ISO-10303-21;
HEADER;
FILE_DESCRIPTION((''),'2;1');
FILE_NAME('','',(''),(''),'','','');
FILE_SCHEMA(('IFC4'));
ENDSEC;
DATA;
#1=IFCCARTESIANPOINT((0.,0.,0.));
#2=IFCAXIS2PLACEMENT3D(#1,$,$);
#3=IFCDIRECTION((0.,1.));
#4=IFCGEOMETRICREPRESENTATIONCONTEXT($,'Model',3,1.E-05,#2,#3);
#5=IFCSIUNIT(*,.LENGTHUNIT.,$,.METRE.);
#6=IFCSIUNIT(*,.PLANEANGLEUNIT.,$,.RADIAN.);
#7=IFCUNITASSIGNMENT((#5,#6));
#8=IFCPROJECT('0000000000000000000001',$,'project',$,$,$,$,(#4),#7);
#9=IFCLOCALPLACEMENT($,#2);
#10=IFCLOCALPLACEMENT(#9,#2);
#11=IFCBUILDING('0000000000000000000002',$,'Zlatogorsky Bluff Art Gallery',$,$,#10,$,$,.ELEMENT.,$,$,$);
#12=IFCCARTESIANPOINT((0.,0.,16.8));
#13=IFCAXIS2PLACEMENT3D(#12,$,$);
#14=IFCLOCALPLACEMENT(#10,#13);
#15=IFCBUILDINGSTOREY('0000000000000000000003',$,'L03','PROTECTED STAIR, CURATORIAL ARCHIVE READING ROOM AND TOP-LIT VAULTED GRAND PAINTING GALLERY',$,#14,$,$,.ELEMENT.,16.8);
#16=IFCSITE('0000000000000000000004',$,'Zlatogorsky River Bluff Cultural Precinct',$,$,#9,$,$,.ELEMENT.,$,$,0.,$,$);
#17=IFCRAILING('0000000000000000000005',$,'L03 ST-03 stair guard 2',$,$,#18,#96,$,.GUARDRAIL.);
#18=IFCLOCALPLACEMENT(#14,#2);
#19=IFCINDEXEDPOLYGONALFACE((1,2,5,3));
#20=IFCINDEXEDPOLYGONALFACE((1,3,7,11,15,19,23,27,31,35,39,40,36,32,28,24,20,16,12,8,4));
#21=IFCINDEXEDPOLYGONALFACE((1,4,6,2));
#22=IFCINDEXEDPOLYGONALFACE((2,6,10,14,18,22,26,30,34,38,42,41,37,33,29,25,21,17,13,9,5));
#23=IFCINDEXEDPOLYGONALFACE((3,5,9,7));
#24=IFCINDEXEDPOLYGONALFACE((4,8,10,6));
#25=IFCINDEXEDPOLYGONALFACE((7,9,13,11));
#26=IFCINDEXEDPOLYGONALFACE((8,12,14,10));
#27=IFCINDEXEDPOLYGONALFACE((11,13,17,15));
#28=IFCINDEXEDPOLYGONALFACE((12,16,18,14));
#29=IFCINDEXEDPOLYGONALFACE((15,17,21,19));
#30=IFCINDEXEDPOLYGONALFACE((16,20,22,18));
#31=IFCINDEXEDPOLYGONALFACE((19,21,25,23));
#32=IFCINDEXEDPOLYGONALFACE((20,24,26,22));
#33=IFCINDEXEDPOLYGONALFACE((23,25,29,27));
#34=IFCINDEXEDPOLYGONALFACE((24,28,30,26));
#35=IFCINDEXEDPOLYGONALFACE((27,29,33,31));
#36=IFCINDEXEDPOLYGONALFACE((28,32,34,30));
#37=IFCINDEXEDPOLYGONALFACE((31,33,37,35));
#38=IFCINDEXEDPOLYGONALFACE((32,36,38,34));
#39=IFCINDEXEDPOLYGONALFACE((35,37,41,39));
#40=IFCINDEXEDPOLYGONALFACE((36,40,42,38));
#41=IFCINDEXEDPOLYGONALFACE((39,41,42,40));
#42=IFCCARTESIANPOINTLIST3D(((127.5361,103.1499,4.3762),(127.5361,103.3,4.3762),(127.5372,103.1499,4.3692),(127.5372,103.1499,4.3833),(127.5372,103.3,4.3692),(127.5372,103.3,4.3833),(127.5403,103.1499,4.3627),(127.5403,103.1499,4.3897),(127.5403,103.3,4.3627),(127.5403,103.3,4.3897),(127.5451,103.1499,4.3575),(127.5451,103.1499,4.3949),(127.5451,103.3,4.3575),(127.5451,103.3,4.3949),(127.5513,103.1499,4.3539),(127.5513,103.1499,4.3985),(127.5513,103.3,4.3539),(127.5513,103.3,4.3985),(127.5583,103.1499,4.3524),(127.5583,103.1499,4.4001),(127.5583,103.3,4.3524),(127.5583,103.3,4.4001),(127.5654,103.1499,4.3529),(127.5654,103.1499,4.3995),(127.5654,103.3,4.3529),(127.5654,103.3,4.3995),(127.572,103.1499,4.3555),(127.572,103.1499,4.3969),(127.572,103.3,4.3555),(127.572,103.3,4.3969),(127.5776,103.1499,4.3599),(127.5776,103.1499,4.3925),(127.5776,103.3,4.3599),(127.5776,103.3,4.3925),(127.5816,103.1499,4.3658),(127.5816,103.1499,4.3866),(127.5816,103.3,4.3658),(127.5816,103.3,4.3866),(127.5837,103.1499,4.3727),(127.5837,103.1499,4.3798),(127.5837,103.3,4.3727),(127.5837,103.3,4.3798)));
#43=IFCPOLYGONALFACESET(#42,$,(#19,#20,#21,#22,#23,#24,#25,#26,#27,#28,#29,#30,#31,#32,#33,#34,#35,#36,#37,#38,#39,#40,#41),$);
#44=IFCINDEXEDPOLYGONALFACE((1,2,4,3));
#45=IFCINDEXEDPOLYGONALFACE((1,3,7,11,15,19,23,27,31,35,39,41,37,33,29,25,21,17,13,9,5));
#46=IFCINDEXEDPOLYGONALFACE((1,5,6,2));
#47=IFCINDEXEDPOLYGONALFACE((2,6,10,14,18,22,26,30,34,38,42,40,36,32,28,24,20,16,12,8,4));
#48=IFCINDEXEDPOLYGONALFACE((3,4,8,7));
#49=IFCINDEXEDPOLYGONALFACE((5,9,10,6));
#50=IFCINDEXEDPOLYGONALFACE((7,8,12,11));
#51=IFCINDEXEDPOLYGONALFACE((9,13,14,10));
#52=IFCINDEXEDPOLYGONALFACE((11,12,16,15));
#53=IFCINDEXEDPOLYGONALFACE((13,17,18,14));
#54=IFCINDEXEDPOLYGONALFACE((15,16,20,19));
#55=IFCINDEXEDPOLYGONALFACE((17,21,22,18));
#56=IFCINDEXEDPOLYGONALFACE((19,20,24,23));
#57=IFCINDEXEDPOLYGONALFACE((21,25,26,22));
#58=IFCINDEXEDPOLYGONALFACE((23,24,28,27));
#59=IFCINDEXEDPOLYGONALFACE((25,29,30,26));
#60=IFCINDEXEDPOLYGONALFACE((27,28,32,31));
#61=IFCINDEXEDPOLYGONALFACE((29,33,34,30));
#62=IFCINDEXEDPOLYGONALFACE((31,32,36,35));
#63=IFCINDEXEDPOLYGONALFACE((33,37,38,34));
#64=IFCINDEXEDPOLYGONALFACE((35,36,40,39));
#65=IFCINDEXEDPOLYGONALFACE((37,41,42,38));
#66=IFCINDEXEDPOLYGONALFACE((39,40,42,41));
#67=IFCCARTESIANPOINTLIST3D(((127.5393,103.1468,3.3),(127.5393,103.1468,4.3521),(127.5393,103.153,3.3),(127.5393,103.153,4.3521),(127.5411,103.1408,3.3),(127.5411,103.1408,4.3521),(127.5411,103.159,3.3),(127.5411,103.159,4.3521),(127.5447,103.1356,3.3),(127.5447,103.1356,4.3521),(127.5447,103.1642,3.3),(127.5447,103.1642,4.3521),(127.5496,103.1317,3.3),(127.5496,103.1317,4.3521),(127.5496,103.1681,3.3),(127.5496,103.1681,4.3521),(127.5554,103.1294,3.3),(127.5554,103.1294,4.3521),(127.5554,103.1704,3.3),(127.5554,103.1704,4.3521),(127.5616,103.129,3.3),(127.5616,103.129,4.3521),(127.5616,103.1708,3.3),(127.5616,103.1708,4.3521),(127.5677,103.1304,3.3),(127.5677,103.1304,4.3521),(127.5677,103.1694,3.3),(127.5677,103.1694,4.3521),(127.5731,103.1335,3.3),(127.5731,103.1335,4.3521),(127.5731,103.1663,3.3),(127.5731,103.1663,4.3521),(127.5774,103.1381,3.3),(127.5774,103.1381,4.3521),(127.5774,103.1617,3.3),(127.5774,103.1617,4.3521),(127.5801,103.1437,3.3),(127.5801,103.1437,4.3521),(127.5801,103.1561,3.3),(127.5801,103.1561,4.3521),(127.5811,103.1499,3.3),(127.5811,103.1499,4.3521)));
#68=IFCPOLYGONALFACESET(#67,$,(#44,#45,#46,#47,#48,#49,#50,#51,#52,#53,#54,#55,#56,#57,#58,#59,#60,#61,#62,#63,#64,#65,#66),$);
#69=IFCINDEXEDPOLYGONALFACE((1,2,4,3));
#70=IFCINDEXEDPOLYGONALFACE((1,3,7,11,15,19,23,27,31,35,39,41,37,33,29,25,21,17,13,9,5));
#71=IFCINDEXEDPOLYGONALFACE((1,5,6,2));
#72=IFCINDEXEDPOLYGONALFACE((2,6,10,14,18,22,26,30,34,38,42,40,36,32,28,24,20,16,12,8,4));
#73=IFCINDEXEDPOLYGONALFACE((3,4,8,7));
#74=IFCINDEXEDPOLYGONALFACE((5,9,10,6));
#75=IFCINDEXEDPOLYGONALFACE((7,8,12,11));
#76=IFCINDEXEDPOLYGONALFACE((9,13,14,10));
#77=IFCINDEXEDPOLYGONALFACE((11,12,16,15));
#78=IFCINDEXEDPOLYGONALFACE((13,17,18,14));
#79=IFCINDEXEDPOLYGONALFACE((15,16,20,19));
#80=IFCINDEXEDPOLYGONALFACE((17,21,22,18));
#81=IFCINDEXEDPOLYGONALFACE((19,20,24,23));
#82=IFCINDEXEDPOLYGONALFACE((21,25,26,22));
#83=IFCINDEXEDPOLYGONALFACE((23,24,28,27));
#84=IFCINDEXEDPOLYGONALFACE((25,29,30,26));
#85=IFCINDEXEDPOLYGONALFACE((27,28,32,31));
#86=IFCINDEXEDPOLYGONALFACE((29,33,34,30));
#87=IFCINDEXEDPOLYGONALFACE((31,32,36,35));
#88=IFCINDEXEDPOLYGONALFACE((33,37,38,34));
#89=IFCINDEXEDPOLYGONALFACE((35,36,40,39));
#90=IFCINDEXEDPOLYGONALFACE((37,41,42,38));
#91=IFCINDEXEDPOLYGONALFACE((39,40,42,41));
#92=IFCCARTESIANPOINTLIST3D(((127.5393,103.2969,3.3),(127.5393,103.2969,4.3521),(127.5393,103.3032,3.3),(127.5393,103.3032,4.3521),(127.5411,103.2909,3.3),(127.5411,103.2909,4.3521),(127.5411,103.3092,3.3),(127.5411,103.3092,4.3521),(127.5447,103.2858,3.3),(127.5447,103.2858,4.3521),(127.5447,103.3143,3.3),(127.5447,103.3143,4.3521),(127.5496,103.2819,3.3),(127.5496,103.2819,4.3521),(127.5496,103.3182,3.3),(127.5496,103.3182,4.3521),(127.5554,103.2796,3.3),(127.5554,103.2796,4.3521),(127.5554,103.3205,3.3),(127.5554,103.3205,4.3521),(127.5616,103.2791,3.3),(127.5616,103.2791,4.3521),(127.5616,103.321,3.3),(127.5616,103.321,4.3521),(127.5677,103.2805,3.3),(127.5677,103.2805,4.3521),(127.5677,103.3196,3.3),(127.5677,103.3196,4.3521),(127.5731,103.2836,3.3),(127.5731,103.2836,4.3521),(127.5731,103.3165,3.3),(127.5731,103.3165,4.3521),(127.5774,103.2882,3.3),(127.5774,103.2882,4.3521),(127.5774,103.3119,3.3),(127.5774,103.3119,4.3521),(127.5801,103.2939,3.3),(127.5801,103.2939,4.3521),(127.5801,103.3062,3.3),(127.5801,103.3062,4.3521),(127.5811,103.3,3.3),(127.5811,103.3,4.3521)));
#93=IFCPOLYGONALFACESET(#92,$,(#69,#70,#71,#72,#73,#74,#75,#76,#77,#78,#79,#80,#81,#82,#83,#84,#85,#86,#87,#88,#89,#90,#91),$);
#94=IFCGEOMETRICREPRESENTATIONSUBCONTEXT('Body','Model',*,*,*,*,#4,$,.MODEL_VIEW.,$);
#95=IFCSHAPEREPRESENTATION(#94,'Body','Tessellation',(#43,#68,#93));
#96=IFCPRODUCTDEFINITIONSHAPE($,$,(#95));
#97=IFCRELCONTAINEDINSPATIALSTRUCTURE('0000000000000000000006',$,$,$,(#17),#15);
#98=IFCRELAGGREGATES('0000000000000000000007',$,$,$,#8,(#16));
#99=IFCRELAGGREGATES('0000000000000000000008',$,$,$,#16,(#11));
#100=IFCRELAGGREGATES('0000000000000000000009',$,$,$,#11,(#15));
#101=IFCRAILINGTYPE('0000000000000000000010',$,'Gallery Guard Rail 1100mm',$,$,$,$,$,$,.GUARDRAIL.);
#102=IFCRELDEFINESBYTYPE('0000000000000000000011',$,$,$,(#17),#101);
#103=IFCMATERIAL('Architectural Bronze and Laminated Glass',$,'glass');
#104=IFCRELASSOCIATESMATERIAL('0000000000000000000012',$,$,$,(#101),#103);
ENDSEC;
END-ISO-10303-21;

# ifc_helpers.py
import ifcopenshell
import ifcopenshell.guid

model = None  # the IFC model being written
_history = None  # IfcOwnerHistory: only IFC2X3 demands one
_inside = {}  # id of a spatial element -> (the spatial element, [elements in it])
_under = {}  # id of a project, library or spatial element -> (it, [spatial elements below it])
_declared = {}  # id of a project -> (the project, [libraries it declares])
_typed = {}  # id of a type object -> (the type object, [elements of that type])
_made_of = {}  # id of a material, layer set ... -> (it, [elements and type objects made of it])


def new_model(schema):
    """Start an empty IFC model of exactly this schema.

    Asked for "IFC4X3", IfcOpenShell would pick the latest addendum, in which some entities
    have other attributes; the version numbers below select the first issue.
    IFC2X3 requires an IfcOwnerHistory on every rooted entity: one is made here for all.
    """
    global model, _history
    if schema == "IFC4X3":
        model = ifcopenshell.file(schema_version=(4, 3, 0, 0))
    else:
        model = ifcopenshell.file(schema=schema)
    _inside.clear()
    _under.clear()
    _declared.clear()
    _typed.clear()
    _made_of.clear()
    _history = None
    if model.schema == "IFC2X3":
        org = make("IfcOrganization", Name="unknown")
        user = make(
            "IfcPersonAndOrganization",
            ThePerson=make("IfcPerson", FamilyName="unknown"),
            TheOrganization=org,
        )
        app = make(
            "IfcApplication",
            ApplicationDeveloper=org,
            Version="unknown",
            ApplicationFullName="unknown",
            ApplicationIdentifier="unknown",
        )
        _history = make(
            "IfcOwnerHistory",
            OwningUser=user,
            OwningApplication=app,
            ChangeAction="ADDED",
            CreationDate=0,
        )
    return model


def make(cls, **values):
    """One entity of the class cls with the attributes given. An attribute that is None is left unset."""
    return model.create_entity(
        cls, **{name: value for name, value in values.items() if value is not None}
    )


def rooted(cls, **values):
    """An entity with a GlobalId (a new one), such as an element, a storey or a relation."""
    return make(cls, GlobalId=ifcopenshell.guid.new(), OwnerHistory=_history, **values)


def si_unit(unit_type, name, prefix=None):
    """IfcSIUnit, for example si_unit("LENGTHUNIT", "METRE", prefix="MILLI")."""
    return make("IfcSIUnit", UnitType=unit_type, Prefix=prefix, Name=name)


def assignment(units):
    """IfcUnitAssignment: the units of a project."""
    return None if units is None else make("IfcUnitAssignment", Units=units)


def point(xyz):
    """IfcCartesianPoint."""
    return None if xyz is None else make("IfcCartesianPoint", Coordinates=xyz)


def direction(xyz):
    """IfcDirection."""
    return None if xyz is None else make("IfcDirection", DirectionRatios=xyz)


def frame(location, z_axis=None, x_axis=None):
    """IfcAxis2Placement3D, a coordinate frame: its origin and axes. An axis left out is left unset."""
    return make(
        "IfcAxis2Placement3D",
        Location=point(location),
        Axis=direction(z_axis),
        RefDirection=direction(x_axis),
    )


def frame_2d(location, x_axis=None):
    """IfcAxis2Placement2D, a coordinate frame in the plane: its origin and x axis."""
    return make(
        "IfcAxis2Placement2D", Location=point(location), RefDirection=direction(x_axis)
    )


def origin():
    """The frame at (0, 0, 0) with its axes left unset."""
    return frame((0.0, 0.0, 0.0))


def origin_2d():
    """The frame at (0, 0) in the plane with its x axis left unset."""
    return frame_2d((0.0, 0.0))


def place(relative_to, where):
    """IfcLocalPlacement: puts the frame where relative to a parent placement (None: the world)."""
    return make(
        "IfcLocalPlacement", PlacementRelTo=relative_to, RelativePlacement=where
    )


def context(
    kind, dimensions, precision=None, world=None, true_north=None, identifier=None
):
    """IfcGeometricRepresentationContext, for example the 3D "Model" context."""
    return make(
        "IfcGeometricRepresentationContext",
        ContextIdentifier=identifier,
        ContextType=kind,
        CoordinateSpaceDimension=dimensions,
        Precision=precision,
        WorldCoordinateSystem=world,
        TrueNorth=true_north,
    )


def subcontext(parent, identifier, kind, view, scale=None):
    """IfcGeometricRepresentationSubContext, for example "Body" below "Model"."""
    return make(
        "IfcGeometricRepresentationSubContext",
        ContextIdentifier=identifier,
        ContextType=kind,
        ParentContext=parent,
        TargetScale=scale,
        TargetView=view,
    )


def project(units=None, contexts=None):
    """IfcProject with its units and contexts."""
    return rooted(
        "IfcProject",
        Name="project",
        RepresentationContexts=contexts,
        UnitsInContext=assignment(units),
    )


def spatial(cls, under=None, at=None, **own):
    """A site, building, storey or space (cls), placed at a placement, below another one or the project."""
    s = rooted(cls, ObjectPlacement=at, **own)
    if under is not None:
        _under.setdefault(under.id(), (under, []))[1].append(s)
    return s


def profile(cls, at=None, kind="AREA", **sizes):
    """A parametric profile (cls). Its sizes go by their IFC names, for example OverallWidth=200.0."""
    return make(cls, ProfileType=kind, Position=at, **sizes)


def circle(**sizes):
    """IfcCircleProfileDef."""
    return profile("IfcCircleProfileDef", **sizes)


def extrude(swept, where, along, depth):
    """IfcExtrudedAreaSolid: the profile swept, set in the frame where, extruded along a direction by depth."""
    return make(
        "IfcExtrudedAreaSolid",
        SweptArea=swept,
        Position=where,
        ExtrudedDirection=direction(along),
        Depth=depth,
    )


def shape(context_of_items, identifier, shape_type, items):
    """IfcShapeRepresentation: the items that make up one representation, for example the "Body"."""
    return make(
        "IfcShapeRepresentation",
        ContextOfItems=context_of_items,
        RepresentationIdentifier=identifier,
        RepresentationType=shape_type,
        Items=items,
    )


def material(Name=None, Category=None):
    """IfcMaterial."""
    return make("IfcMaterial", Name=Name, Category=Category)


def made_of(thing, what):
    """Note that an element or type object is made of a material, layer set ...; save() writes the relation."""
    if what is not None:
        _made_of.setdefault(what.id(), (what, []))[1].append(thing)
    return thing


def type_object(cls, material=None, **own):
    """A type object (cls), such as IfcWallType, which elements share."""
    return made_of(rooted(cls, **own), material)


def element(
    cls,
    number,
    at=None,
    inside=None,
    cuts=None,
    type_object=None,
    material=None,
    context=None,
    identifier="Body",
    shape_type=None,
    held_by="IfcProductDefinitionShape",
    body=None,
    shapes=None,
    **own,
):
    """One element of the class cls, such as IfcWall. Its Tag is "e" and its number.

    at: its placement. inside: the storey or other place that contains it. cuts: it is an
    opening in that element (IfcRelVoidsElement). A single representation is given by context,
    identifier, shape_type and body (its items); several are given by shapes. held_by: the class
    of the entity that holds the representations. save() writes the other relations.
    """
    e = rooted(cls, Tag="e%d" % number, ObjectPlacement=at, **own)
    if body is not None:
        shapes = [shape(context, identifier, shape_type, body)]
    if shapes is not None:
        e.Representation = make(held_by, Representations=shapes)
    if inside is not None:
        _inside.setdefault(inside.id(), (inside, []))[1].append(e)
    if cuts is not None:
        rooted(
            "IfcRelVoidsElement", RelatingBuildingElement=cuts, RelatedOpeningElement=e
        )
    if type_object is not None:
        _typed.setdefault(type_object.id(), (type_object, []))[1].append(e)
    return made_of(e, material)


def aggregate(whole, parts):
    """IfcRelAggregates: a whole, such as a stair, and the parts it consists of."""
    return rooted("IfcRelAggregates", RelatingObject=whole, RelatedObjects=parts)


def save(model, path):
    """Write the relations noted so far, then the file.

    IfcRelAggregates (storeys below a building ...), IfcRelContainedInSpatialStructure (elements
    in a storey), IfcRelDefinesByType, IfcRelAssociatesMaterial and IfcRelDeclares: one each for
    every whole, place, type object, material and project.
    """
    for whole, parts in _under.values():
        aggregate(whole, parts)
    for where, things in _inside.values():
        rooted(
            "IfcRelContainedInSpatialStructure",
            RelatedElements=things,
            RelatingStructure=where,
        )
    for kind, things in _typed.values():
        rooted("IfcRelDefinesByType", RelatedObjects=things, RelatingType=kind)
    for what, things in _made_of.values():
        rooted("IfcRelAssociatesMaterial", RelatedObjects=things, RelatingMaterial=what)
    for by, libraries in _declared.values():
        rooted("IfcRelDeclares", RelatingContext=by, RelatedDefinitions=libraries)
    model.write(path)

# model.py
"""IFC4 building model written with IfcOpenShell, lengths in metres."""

from ifc_helpers import new_model, si_unit, direction, frame, origin, origin_2d, place, context, subcontext, project, spatial, circle, extrude, material, type_object, element, save


model = new_model("IFC4")

# Units and contexts
model_context = context("Model", 3, precision=1e-05, world=origin(), true_north=direction((0.0, 1.0)))
body_context = subcontext(model_context, "Body", "Model", "MODEL_VIEW")
ifc_project = project(units=[si_unit("LENGTHUNIT", "METRE"), si_unit("PLANEANGLEUNIT", "RADIAN")], contexts=[model_context])

# Site, building, storey
site_placement = place(None, origin())
site = spatial("IfcSite", under=ifc_project, at=site_placement, Name="Zlatogorsky River Bluff Cultural Precinct", CompositionType="ELEMENT", RefElevation=0.0)
building_placement = place(site_placement, origin())
building = spatial("IfcBuilding", under=site, at=building_placement, Name="Zlatogorsky Bluff Art Gallery", CompositionType="ELEMENT")
storey_placement = place(building_placement, frame((0.0, 0.0, 16.8)))
storey = spatial("IfcBuildingStorey", under=building, at=storey_placement, Name="L03", Description="PROTECTED STAIR, CURATORIAL ARCHIVE READING ROOM AND TOP-LIT VAULTED GRAND PAINTING GALLERY", CompositionType="ELEMENT", Elevation=16.8)

# Railing
ifc_material_1 = material(Name="Architectural Bronze and Laminated Glass", Category="glass")
railing_type_1 = type_object("IfcRailingType", Name="Gallery Guard Rail 1100mm", PredefinedType="GUARDRAIL", material=ifc_material_1)
railing_1_placement = place(storey_placement, frame((127.5601, 103.1499, 3.3)))
element("IfcRailing", 1, at=railing_1_placement, inside=storey, type_object=railing_type_1, Name="L03 ST-03 stair guard 2", PredefinedType="GUARDRAIL", context=body_context, shape_type="SweptSolid", body=[
    extrude(circle(Radius=0.0239, at=origin_2d()), frame((0.0, 0.0, 1.0762), z_axis=(0.0, 1.0, 0.0), x_axis=(-1.0, 0.0, 0.0)), (0.0, 0.0, 1.0), 0.1501),
    extrude(circle(Radius=0.021, at=origin_2d()), origin(), (0.0, 0.0, 1.0), 1.052),
    extrude(circle(Radius=0.021, at=origin_2d()), frame((0.0, 0.1501, 0.0)), (0.0, 0.0, 1.0), 1.052),
])

save(model, "model.ifc")
